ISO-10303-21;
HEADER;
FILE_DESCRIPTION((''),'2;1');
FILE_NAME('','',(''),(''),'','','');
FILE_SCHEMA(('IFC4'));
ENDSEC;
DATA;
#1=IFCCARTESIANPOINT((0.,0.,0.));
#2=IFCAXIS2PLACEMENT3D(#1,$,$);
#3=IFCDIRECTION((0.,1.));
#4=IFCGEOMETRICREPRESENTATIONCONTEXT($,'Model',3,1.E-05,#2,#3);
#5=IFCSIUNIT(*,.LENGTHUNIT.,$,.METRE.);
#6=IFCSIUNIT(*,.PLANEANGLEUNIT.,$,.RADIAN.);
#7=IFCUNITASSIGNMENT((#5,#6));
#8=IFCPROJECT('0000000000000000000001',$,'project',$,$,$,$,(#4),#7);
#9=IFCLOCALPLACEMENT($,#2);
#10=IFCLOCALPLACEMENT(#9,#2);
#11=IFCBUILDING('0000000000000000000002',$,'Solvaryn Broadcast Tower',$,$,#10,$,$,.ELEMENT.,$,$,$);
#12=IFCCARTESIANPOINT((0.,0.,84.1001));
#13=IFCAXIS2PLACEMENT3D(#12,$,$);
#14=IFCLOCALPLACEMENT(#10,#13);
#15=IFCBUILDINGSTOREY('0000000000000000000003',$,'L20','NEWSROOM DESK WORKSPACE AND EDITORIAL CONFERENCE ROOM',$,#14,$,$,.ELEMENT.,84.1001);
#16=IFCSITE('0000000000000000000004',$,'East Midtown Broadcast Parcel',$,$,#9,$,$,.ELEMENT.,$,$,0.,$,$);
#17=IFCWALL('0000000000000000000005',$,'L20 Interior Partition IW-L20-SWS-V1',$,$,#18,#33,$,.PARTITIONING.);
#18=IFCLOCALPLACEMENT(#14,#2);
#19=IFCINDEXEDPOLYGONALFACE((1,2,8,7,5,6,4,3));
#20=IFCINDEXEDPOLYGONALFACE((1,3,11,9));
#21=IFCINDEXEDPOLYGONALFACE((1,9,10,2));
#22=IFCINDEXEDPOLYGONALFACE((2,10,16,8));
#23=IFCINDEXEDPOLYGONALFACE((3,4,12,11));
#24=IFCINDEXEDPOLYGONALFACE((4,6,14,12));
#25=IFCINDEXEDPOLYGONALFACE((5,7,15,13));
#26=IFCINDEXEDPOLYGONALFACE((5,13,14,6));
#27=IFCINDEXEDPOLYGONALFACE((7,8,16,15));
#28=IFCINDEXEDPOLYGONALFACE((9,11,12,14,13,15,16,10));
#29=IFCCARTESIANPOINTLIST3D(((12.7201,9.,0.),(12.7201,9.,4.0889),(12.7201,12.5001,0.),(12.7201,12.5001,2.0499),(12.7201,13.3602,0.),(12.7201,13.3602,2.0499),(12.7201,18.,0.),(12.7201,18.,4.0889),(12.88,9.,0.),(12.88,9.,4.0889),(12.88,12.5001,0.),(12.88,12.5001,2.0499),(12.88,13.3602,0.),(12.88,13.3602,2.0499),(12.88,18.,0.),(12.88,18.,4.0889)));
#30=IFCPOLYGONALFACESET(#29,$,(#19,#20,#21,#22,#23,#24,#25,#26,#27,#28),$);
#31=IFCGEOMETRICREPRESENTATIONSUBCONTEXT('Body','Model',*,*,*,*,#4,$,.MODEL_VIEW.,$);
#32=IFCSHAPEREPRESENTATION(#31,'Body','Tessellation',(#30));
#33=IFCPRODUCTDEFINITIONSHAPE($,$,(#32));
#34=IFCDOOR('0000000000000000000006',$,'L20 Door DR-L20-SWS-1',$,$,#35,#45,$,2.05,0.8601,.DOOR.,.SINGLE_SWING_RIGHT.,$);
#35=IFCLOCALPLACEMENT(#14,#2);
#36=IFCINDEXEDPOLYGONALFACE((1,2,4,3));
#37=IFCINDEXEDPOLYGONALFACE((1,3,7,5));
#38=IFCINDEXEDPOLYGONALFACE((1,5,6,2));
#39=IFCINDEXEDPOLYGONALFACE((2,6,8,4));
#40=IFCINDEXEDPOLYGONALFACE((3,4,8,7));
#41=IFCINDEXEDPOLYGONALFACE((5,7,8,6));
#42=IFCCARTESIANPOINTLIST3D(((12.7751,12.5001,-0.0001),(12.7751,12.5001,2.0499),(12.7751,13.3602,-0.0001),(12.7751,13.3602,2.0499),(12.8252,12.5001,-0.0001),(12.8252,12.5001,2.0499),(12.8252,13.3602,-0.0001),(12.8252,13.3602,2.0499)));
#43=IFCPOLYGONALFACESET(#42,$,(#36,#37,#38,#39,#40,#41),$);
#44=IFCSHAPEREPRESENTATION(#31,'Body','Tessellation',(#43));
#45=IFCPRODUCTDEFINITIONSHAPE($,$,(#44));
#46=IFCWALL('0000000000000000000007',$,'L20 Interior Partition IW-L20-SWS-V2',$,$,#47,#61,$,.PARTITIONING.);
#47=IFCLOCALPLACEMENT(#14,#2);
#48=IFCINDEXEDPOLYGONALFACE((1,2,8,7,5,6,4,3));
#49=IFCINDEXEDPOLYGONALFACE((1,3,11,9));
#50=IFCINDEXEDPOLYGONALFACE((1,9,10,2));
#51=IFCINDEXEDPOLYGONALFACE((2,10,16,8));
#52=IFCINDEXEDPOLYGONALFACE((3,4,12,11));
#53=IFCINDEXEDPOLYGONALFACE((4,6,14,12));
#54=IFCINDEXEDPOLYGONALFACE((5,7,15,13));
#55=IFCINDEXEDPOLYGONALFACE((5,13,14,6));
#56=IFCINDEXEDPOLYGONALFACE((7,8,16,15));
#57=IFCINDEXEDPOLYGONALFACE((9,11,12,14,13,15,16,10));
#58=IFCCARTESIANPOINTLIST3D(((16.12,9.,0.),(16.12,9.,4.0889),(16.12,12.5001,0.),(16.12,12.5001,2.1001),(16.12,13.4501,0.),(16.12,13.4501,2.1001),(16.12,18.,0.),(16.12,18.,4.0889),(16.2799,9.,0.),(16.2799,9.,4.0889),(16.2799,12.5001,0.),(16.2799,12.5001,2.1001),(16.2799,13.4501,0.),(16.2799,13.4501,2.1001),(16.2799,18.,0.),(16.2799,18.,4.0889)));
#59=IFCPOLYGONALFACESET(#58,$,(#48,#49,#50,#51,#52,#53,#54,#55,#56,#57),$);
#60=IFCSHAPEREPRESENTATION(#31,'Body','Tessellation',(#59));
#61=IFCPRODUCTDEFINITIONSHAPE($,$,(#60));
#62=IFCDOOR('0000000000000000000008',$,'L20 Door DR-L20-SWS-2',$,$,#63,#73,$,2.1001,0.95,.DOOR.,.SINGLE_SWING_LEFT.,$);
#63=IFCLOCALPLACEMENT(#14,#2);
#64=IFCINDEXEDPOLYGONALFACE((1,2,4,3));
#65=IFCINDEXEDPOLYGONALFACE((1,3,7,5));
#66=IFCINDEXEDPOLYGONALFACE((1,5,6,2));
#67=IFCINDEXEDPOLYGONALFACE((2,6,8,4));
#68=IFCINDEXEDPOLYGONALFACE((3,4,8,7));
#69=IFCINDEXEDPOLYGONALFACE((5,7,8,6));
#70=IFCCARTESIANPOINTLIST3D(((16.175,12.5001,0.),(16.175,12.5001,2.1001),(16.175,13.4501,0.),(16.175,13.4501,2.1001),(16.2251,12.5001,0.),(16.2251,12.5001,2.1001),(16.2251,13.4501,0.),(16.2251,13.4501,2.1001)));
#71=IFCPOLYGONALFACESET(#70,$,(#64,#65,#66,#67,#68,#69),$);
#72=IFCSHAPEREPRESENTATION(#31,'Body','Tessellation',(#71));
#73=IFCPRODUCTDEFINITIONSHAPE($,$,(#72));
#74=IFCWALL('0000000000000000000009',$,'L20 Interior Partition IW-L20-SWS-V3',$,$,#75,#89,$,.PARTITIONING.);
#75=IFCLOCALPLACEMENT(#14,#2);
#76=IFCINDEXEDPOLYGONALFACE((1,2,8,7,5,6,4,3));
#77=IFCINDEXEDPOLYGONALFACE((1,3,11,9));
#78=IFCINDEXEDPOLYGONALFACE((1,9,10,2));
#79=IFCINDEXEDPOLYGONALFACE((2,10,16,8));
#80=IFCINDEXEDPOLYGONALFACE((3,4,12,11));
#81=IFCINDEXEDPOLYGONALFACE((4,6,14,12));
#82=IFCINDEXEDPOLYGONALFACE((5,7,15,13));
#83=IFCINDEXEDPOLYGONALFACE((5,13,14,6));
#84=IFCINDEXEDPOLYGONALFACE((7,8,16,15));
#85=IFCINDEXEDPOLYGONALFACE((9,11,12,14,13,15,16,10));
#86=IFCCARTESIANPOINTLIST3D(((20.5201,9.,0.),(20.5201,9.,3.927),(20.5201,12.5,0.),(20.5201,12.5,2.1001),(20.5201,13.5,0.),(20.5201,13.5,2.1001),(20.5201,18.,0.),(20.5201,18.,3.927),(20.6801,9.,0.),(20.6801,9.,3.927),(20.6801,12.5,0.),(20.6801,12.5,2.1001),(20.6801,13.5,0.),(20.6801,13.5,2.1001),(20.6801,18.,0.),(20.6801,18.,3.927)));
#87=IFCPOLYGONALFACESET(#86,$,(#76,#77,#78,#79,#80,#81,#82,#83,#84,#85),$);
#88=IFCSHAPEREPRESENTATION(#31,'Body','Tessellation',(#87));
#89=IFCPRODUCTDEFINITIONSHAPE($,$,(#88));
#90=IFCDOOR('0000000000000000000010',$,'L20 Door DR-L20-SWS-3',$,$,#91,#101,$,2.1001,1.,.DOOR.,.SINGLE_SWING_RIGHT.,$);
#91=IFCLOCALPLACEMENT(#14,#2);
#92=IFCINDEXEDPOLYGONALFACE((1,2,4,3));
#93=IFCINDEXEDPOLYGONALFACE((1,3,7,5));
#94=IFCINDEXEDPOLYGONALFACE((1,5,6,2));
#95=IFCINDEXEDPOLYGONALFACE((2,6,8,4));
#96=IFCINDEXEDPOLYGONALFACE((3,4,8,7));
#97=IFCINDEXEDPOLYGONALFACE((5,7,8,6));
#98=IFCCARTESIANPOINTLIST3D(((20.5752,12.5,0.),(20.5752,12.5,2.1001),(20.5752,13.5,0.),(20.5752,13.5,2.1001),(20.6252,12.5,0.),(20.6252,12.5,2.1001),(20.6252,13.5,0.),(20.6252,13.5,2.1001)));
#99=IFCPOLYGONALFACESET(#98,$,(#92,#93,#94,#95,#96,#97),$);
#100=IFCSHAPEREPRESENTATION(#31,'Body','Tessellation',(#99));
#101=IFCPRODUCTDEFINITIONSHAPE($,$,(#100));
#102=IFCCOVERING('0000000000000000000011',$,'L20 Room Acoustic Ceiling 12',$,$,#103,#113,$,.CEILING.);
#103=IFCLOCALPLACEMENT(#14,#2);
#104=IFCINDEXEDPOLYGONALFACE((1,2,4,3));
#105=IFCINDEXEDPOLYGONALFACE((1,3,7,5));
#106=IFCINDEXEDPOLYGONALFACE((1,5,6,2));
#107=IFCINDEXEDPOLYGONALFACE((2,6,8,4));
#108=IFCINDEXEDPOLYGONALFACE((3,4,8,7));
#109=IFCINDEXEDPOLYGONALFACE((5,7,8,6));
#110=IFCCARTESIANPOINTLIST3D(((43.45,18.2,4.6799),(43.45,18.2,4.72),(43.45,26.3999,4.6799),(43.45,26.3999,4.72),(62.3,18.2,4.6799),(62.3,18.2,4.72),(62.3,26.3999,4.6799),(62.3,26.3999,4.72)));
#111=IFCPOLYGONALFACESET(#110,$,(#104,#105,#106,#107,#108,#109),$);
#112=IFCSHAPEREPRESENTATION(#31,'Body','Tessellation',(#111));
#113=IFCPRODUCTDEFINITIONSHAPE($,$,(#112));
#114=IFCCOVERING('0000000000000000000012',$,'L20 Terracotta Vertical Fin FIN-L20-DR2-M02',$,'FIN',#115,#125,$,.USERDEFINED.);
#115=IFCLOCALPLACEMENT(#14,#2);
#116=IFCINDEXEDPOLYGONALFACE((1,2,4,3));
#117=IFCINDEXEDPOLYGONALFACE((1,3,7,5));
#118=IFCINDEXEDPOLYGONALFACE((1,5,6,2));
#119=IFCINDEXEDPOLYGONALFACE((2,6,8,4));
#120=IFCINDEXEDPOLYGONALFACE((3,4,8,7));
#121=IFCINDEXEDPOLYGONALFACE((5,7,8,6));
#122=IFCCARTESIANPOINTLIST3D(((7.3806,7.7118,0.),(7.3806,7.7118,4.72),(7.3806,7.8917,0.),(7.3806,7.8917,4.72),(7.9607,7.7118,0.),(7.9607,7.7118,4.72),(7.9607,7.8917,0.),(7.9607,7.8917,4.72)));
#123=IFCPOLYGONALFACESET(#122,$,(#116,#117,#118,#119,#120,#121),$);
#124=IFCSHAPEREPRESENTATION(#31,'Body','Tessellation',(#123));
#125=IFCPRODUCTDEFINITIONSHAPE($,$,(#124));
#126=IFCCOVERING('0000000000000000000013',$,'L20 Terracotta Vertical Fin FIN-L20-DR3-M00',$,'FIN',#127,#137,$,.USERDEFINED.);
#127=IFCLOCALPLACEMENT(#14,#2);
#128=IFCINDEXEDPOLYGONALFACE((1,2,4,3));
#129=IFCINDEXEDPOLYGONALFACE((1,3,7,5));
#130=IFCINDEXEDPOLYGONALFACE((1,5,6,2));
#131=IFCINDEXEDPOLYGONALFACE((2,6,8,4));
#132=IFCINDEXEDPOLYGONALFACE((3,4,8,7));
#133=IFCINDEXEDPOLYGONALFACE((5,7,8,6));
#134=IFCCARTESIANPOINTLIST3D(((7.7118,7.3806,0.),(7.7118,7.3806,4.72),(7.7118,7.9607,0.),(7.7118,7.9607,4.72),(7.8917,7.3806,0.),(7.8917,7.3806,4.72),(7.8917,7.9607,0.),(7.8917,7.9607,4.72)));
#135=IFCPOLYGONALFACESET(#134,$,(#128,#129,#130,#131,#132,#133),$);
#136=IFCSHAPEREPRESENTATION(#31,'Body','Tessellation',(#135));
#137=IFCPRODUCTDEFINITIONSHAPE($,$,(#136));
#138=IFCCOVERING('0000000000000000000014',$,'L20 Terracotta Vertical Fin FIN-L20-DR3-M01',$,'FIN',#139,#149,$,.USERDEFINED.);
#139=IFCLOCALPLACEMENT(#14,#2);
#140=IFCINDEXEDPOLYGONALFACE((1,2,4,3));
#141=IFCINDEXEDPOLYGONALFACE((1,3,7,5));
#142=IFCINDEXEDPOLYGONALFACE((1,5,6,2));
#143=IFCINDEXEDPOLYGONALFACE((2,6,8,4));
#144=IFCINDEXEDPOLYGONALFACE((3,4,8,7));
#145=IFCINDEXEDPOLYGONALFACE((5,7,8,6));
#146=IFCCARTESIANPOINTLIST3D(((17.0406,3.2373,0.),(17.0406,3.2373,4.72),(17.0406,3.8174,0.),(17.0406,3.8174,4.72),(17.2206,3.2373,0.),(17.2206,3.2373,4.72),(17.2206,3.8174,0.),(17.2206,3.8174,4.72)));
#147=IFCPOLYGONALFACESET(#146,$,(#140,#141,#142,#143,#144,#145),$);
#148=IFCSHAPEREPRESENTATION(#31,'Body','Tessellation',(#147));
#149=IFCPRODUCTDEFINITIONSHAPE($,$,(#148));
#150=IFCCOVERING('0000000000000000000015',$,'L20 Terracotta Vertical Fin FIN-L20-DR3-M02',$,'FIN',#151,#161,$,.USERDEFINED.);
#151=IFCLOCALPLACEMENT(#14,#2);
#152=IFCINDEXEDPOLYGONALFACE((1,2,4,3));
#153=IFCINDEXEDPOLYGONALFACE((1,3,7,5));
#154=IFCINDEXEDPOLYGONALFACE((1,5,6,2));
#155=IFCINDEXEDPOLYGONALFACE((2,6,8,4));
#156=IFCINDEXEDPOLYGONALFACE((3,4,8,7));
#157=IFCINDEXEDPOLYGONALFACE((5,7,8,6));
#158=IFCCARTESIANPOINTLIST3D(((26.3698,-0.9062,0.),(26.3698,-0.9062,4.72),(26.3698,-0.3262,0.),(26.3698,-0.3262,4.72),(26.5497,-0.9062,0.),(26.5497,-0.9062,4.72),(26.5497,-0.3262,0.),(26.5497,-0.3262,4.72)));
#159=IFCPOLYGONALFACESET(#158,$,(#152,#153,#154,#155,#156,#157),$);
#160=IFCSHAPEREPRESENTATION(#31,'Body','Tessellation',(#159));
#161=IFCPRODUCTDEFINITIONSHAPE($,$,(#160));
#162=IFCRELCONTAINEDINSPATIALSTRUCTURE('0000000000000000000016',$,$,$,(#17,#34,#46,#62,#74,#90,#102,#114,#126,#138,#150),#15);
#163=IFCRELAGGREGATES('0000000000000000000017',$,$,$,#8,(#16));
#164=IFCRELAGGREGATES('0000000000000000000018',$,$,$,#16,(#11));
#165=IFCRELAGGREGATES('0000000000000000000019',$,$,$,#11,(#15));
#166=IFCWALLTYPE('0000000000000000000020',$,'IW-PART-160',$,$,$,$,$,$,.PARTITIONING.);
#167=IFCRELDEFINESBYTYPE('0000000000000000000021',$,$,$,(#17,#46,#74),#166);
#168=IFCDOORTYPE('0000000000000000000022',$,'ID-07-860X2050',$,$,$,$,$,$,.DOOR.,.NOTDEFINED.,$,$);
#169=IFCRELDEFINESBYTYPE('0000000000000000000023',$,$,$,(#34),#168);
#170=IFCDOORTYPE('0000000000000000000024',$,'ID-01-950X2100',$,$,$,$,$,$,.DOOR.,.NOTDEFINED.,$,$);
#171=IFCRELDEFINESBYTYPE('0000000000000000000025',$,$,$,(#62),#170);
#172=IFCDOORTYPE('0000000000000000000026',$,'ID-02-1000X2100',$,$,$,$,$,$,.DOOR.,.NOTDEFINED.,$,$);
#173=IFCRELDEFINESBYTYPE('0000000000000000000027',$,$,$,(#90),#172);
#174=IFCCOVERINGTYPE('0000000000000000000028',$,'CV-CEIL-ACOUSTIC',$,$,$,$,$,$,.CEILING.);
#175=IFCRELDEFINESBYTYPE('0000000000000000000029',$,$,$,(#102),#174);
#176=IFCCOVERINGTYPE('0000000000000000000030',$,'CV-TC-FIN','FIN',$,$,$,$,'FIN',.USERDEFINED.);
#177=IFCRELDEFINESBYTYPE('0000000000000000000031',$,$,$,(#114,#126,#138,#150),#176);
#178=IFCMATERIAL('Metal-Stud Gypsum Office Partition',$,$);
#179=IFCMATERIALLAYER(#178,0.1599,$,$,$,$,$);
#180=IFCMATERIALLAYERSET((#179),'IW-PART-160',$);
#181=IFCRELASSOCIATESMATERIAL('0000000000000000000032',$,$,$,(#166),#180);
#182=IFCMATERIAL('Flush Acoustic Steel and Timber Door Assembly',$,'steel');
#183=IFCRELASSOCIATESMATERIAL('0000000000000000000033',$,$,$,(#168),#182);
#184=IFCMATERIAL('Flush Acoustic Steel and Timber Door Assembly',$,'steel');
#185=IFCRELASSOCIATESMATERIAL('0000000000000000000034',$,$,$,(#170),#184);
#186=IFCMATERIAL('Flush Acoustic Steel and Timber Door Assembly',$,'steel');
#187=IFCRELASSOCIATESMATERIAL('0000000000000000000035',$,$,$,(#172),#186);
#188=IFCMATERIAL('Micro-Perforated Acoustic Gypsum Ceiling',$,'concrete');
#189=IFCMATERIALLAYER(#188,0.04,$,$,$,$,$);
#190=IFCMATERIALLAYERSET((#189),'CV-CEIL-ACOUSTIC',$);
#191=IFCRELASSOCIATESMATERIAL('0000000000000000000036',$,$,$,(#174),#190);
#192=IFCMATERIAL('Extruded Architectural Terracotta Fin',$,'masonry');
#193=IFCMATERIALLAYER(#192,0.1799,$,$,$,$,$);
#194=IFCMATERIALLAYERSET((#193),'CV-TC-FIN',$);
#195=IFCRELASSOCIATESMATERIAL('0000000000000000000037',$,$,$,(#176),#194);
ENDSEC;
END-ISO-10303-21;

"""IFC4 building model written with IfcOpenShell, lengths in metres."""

from ifc_helpers import new_model, si_unit, direction, frame, frame_2d, origin, origin_2d, place, context, subcontext, project, spatial, polyline, rectangle, outline, extrude, material, layer, layer_set, type_object, element, fill, save


model = new_model("IFC4")

# Units and contexts
model_context = context("Model", 3, precision=1e-05, world=origin(), true_north=direction((0.0, 1.0)))
body_context = subcontext(model_context, "Body", "Model", "MODEL_VIEW")
ifc_project = project(units=[si_unit("LENGTHUNIT", "METRE"), si_unit("PLANEANGLEUNIT", "RADIAN")], contexts=[model_context])

# Site, building, storey
site_placement = place(None, origin())
site = spatial("IfcSite", under=ifc_project, at=site_placement, Name="East Midtown Broadcast Parcel", CompositionType="ELEMENT", RefElevation=0.0)
building_placement = place(site_placement, origin())
building = spatial("IfcBuilding", under=site, at=building_placement, Name="Solvaryn Broadcast Tower", CompositionType="ELEMENT")
storey_placement = place(building_placement, frame((0.0, 0.0, 84.1001)))
storey = spatial("IfcBuildingStorey", under=building, at=storey_placement, Name="L20", Description="NEWSROOM DESK WORKSPACE AND EDITORIAL CONFERENCE ROOM", CompositionType="ELEMENT", Elevation=84.1001)

# Walls, openings, doors
ifc_material_1 = material(Name="Metal-Stud Gypsum Office Partition")
ifc_layer_1 = layer(ifc_material_1, 0.1599)
ifc_layer_set_1 = layer_set([ifc_layer_1], Name="IW-PART-160")
wall_type = type_object("IfcWallType", Name="IW-PART-160", PredefinedType="PARTITIONING", material=ifc_layer_set_1)
wall_1_placement = place(storey_placement, frame((12.8, 9.0, 0.0), z_axis=(0.0, 0.0, 1.0), x_axis=(0.0, 1.0, 0.0)))
wall_1 = element("IfcWall", 1, at=wall_1_placement, inside=storey, type_object=wall_type, Name="L20 Interior Partition IW-L20-SWS-V1", PredefinedType="PARTITIONING", context=body_context, shape_type="SweptSolid", body=[
    extrude(rectangle(XDim=9.0, YDim=0.1599, at=frame_2d((4.5, 0.0))), origin(), (0.0, 0.0, 1.0), 4.0889),
])
opening_1_placement = place(wall_1_placement, frame((3.5, 0.0, 0.0)))
opening_1 = element("IfcOpeningElement", 2, at=opening_1_placement, cuts=wall_1, PredefinedType="OPENING", context=body_context, shape_type="SweptSolid", body=[
    extrude(rectangle(XDim=0.8601, YDim=2.05, at=frame_2d((0.4302, 1.0249))), frame((0.0, 0.0901, 0.0), z_axis=(0.0, -1.0, 0.0), x_axis=(1.0, 0.0, 0.0)), (0.0, 0.0, 1.0), 0.1799),
])
ifc_material_2 = material(Name="Flush Acoustic Steel and Timber Door Assembly", Category="steel")
door_type_1 = type_object("IfcDoorType", Name="ID-07-860X2050", OperationType="NOTDEFINED", PredefinedType="DOOR", material=ifc_material_2)
door_1_placement = place(opening_1_placement, origin())
door_1 = element("IfcDoor", 3, at=door_1_placement, inside=storey, type_object=door_type_1, Name="L20 Door DR-L20-SWS-1", OperationType="SINGLE_SWING_RIGHT", OverallHeight=2.05, OverallWidth=0.8601, PredefinedType="DOOR", context=body_context, shape_type="SweptSolid", body=[
    extrude(rectangle(XDim=0.8601, YDim=2.05, at=frame_2d((0.4302, 1.0249))), frame((0.0, 0.0249, 0.0), z_axis=(0.0, -1.0, 0.0), x_axis=(1.0, 0.0, 0.0)), (0.0, 0.0, 1.0), 0.05),
])
fill(opening_1, door_1)
wall_2_placement = place(storey_placement, frame((16.2, 9.0, 0.0), z_axis=(0.0, 0.0, 1.0), x_axis=(0.0, 1.0, 0.0)))
wall_2 = element("IfcWall", 4, at=wall_2_placement, inside=storey, type_object=wall_type, Name="L20 Interior Partition IW-L20-SWS-V2", PredefinedType="PARTITIONING", context=body_context, shape_type="SweptSolid", body=[
    extrude(rectangle(XDim=9.0, YDim=0.1599, at=frame_2d((4.5, 0.0))), origin(), (0.0, 0.0, 1.0), 4.0889),
])
opening_2_placement = place(wall_2_placement, frame((3.5, 0.0, 0.0)))
opening_2 = element("IfcOpeningElement", 5, at=opening_2_placement, cuts=wall_2, PredefinedType="OPENING", context=body_context, shape_type="SweptSolid", body=[
    extrude(rectangle(XDim=0.95, YDim=2.1001, at=frame_2d((0.4751, 1.05))), frame((0.0, 0.0901, 0.0), z_axis=(0.0, -1.0, 0.0), x_axis=(1.0, 0.0, 0.0)), (0.0, 0.0, 1.0), 0.1799),
])
ifc_material_3 = material(Name="Flush Acoustic Steel and Timber Door Assembly", Category="steel")
door_type_2 = type_object("IfcDoorType", Name="ID-01-950X2100", OperationType="NOTDEFINED", PredefinedType="DOOR", material=ifc_material_3)
door_2_placement = place(opening_2_placement, origin())
door_2 = element("IfcDoor", 6, at=door_2_placement, inside=storey, type_object=door_type_2, Name="L20 Door DR-L20-SWS-2", OperationType="SINGLE_SWING_LEFT", OverallHeight=2.1001, OverallWidth=0.95, PredefinedType="DOOR", context=body_context, shape_type="SweptSolid", body=[
    extrude(rectangle(XDim=0.95, YDim=2.1001, at=frame_2d((0.4751, 1.05))), frame((0.0, 0.0249, 0.0), z_axis=(0.0, -1.0, 0.0), x_axis=(1.0, 0.0, 0.0)), (0.0, 0.0, 1.0), 0.05),
])
fill(opening_2, door_2)
wall_3_placement = place(storey_placement, frame((20.6001, 9.0, 0.0), z_axis=(0.0, 0.0, 1.0), x_axis=(0.0, 1.0, 0.0)))
wall_3 = element("IfcWall", 7, at=wall_3_placement, inside=storey, type_object=wall_type, Name="L20 Interior Partition IW-L20-SWS-V3", PredefinedType="PARTITIONING", context=body_context, shape_type="SweptSolid", body=[
    extrude(rectangle(XDim=9.0, YDim=0.1599, at=frame_2d((4.5, 0.0))), origin(), (0.0, 0.0, 1.0), 3.927),
])
opening_3_placement = place(wall_3_placement, frame((3.5, 0.0, 0.0)))
opening_3 = element("IfcOpeningElement", 8, at=opening_3_placement, cuts=wall_3, PredefinedType="OPENING", context=body_context, shape_type="SweptSolid", body=[
    extrude(rectangle(XDim=1.0, YDim=2.1001, at=frame_2d((0.5, 1.05))), frame((0.0, 0.0901, 0.0), z_axis=(0.0, -1.0, 0.0), x_axis=(1.0, 0.0, 0.0)), (0.0, 0.0, 1.0), 0.1799),
])
ifc_material_4 = material(Name="Flush Acoustic Steel and Timber Door Assembly", Category="steel")
door_type_3 = type_object("IfcDoorType", Name="ID-02-1000X2100", OperationType="NOTDEFINED", PredefinedType="DOOR", material=ifc_material_4)
door_3_placement = place(opening_3_placement, origin())
door_3 = element("IfcDoor", 9, at=door_3_placement, inside=storey, type_object=door_type_3, Name="L20 Door DR-L20-SWS-3", OperationType="SINGLE_SWING_RIGHT", OverallHeight=2.1001, OverallWidth=1.0, PredefinedType="DOOR", context=body_context, shape_type="SweptSolid", body=[
    extrude(rectangle(XDim=1.0, YDim=2.1001, at=frame_2d((0.5, 1.05))), frame((0.0, 0.0249, 0.0), z_axis=(0.0, -1.0, 0.0), x_axis=(1.0, 0.0, 0.0)), (0.0, 0.0, 1.0), 0.05),
])
fill(opening_3, door_3)

# Coverings
ifc_material_5 = material(Name="Micro-Perforated Acoustic Gypsum Ceiling", Category="concrete")
ifc_layer_2 = layer(ifc_material_5, 0.04)
ifc_layer_set_2 = layer_set([ifc_layer_2], Name="CV-CEIL-ACOUSTIC")
covering_type_1 = type_object("IfcCoveringType", Name="CV-CEIL-ACOUSTIC", PredefinedType="CEILING", material=ifc_layer_set_2)
covering_1_placement = place(storey_placement, frame((0.0, 0.0, 4.6799)))
element("IfcCovering", 10, at=covering_1_placement, inside=storey, type_object=covering_type_1, Name="L20 Room Acoustic Ceiling 12", PredefinedType="CEILING", context=body_context, shape_type="SweptSolid", body=[
    extrude(outline(polyline([(43.45, 18.2), (62.3, 18.2), (62.3, 26.3999), (43.45, 26.3999), (43.45, 18.2)])), origin(), (0.0, 0.0, 1.0), 0.04),
])
ifc_material_6 = material(Name="Extruded Architectural Terracotta Fin", Category="masonry")
ifc_layer_3 = layer(ifc_material_6, 0.1799)
ifc_layer_set_3 = layer_set([ifc_layer_3], Name="CV-TC-FIN")
covering_type_2 = type_object("IfcCoveringType", Name="CV-TC-FIN", Description="FIN", ElementType="FIN", PredefinedType="USERDEFINED", material=ifc_layer_set_3)
covering_2_placement = place(storey_placement, frame((7.6707, 7.8018, 0.0), z_axis=(0.0, 0.0, 1.0), x_axis=(1.0, 0.0, 0.0)))
element("IfcCovering", 11, at=covering_2_placement, inside=storey, type_object=covering_type_2, Name="L20 Terracotta Vertical Fin FIN-L20-DR2-M02", ObjectType="FIN", PredefinedType="USERDEFINED", context=body_context, shape_type="SweptSolid", body=[
    extrude(rectangle(XDim=0.5801, YDim=0.1799, at=origin_2d()), origin(), (0.0, 0.0, 1.0), 4.72),
])
for number, where, z_axis, x_axis, name in (
    (12, (7.8018, 7.6707, 0.0), (0.0, 0.0, 1.0), (1.0, 0.0, 0.0), "L20 Terracotta Vertical Fin FIN-L20-DR3-M00"),
    (13, (17.1306, 3.5273, 0.0), (0.0, 0.0, 1.0), (1.0, 0.0, 0.0), "L20 Terracotta Vertical Fin FIN-L20-DR3-M01"),
    (14, (26.4597, -0.6162, 0.0), (0.0, 0.0, 1.0), (1.0, 0.0, 0.0), "L20 Terracotta Vertical Fin FIN-L20-DR3-M02"),
):
    element("IfcCovering", number, at=place(storey_placement, frame(where, z_axis=z_axis, x_axis=x_axis)), inside=storey, type_object=covering_type_2, Name=name, ObjectType="FIN", PredefinedType="USERDEFINED", context=body_context, shape_type="SweptSolid", body=[
        extrude(rectangle(XDim=0.1799, YDim=0.5801, at=origin_2d()), origin(), (0.0, 0.0, 1.0), 4.72),
    ])

save(model, "model.ifc")
